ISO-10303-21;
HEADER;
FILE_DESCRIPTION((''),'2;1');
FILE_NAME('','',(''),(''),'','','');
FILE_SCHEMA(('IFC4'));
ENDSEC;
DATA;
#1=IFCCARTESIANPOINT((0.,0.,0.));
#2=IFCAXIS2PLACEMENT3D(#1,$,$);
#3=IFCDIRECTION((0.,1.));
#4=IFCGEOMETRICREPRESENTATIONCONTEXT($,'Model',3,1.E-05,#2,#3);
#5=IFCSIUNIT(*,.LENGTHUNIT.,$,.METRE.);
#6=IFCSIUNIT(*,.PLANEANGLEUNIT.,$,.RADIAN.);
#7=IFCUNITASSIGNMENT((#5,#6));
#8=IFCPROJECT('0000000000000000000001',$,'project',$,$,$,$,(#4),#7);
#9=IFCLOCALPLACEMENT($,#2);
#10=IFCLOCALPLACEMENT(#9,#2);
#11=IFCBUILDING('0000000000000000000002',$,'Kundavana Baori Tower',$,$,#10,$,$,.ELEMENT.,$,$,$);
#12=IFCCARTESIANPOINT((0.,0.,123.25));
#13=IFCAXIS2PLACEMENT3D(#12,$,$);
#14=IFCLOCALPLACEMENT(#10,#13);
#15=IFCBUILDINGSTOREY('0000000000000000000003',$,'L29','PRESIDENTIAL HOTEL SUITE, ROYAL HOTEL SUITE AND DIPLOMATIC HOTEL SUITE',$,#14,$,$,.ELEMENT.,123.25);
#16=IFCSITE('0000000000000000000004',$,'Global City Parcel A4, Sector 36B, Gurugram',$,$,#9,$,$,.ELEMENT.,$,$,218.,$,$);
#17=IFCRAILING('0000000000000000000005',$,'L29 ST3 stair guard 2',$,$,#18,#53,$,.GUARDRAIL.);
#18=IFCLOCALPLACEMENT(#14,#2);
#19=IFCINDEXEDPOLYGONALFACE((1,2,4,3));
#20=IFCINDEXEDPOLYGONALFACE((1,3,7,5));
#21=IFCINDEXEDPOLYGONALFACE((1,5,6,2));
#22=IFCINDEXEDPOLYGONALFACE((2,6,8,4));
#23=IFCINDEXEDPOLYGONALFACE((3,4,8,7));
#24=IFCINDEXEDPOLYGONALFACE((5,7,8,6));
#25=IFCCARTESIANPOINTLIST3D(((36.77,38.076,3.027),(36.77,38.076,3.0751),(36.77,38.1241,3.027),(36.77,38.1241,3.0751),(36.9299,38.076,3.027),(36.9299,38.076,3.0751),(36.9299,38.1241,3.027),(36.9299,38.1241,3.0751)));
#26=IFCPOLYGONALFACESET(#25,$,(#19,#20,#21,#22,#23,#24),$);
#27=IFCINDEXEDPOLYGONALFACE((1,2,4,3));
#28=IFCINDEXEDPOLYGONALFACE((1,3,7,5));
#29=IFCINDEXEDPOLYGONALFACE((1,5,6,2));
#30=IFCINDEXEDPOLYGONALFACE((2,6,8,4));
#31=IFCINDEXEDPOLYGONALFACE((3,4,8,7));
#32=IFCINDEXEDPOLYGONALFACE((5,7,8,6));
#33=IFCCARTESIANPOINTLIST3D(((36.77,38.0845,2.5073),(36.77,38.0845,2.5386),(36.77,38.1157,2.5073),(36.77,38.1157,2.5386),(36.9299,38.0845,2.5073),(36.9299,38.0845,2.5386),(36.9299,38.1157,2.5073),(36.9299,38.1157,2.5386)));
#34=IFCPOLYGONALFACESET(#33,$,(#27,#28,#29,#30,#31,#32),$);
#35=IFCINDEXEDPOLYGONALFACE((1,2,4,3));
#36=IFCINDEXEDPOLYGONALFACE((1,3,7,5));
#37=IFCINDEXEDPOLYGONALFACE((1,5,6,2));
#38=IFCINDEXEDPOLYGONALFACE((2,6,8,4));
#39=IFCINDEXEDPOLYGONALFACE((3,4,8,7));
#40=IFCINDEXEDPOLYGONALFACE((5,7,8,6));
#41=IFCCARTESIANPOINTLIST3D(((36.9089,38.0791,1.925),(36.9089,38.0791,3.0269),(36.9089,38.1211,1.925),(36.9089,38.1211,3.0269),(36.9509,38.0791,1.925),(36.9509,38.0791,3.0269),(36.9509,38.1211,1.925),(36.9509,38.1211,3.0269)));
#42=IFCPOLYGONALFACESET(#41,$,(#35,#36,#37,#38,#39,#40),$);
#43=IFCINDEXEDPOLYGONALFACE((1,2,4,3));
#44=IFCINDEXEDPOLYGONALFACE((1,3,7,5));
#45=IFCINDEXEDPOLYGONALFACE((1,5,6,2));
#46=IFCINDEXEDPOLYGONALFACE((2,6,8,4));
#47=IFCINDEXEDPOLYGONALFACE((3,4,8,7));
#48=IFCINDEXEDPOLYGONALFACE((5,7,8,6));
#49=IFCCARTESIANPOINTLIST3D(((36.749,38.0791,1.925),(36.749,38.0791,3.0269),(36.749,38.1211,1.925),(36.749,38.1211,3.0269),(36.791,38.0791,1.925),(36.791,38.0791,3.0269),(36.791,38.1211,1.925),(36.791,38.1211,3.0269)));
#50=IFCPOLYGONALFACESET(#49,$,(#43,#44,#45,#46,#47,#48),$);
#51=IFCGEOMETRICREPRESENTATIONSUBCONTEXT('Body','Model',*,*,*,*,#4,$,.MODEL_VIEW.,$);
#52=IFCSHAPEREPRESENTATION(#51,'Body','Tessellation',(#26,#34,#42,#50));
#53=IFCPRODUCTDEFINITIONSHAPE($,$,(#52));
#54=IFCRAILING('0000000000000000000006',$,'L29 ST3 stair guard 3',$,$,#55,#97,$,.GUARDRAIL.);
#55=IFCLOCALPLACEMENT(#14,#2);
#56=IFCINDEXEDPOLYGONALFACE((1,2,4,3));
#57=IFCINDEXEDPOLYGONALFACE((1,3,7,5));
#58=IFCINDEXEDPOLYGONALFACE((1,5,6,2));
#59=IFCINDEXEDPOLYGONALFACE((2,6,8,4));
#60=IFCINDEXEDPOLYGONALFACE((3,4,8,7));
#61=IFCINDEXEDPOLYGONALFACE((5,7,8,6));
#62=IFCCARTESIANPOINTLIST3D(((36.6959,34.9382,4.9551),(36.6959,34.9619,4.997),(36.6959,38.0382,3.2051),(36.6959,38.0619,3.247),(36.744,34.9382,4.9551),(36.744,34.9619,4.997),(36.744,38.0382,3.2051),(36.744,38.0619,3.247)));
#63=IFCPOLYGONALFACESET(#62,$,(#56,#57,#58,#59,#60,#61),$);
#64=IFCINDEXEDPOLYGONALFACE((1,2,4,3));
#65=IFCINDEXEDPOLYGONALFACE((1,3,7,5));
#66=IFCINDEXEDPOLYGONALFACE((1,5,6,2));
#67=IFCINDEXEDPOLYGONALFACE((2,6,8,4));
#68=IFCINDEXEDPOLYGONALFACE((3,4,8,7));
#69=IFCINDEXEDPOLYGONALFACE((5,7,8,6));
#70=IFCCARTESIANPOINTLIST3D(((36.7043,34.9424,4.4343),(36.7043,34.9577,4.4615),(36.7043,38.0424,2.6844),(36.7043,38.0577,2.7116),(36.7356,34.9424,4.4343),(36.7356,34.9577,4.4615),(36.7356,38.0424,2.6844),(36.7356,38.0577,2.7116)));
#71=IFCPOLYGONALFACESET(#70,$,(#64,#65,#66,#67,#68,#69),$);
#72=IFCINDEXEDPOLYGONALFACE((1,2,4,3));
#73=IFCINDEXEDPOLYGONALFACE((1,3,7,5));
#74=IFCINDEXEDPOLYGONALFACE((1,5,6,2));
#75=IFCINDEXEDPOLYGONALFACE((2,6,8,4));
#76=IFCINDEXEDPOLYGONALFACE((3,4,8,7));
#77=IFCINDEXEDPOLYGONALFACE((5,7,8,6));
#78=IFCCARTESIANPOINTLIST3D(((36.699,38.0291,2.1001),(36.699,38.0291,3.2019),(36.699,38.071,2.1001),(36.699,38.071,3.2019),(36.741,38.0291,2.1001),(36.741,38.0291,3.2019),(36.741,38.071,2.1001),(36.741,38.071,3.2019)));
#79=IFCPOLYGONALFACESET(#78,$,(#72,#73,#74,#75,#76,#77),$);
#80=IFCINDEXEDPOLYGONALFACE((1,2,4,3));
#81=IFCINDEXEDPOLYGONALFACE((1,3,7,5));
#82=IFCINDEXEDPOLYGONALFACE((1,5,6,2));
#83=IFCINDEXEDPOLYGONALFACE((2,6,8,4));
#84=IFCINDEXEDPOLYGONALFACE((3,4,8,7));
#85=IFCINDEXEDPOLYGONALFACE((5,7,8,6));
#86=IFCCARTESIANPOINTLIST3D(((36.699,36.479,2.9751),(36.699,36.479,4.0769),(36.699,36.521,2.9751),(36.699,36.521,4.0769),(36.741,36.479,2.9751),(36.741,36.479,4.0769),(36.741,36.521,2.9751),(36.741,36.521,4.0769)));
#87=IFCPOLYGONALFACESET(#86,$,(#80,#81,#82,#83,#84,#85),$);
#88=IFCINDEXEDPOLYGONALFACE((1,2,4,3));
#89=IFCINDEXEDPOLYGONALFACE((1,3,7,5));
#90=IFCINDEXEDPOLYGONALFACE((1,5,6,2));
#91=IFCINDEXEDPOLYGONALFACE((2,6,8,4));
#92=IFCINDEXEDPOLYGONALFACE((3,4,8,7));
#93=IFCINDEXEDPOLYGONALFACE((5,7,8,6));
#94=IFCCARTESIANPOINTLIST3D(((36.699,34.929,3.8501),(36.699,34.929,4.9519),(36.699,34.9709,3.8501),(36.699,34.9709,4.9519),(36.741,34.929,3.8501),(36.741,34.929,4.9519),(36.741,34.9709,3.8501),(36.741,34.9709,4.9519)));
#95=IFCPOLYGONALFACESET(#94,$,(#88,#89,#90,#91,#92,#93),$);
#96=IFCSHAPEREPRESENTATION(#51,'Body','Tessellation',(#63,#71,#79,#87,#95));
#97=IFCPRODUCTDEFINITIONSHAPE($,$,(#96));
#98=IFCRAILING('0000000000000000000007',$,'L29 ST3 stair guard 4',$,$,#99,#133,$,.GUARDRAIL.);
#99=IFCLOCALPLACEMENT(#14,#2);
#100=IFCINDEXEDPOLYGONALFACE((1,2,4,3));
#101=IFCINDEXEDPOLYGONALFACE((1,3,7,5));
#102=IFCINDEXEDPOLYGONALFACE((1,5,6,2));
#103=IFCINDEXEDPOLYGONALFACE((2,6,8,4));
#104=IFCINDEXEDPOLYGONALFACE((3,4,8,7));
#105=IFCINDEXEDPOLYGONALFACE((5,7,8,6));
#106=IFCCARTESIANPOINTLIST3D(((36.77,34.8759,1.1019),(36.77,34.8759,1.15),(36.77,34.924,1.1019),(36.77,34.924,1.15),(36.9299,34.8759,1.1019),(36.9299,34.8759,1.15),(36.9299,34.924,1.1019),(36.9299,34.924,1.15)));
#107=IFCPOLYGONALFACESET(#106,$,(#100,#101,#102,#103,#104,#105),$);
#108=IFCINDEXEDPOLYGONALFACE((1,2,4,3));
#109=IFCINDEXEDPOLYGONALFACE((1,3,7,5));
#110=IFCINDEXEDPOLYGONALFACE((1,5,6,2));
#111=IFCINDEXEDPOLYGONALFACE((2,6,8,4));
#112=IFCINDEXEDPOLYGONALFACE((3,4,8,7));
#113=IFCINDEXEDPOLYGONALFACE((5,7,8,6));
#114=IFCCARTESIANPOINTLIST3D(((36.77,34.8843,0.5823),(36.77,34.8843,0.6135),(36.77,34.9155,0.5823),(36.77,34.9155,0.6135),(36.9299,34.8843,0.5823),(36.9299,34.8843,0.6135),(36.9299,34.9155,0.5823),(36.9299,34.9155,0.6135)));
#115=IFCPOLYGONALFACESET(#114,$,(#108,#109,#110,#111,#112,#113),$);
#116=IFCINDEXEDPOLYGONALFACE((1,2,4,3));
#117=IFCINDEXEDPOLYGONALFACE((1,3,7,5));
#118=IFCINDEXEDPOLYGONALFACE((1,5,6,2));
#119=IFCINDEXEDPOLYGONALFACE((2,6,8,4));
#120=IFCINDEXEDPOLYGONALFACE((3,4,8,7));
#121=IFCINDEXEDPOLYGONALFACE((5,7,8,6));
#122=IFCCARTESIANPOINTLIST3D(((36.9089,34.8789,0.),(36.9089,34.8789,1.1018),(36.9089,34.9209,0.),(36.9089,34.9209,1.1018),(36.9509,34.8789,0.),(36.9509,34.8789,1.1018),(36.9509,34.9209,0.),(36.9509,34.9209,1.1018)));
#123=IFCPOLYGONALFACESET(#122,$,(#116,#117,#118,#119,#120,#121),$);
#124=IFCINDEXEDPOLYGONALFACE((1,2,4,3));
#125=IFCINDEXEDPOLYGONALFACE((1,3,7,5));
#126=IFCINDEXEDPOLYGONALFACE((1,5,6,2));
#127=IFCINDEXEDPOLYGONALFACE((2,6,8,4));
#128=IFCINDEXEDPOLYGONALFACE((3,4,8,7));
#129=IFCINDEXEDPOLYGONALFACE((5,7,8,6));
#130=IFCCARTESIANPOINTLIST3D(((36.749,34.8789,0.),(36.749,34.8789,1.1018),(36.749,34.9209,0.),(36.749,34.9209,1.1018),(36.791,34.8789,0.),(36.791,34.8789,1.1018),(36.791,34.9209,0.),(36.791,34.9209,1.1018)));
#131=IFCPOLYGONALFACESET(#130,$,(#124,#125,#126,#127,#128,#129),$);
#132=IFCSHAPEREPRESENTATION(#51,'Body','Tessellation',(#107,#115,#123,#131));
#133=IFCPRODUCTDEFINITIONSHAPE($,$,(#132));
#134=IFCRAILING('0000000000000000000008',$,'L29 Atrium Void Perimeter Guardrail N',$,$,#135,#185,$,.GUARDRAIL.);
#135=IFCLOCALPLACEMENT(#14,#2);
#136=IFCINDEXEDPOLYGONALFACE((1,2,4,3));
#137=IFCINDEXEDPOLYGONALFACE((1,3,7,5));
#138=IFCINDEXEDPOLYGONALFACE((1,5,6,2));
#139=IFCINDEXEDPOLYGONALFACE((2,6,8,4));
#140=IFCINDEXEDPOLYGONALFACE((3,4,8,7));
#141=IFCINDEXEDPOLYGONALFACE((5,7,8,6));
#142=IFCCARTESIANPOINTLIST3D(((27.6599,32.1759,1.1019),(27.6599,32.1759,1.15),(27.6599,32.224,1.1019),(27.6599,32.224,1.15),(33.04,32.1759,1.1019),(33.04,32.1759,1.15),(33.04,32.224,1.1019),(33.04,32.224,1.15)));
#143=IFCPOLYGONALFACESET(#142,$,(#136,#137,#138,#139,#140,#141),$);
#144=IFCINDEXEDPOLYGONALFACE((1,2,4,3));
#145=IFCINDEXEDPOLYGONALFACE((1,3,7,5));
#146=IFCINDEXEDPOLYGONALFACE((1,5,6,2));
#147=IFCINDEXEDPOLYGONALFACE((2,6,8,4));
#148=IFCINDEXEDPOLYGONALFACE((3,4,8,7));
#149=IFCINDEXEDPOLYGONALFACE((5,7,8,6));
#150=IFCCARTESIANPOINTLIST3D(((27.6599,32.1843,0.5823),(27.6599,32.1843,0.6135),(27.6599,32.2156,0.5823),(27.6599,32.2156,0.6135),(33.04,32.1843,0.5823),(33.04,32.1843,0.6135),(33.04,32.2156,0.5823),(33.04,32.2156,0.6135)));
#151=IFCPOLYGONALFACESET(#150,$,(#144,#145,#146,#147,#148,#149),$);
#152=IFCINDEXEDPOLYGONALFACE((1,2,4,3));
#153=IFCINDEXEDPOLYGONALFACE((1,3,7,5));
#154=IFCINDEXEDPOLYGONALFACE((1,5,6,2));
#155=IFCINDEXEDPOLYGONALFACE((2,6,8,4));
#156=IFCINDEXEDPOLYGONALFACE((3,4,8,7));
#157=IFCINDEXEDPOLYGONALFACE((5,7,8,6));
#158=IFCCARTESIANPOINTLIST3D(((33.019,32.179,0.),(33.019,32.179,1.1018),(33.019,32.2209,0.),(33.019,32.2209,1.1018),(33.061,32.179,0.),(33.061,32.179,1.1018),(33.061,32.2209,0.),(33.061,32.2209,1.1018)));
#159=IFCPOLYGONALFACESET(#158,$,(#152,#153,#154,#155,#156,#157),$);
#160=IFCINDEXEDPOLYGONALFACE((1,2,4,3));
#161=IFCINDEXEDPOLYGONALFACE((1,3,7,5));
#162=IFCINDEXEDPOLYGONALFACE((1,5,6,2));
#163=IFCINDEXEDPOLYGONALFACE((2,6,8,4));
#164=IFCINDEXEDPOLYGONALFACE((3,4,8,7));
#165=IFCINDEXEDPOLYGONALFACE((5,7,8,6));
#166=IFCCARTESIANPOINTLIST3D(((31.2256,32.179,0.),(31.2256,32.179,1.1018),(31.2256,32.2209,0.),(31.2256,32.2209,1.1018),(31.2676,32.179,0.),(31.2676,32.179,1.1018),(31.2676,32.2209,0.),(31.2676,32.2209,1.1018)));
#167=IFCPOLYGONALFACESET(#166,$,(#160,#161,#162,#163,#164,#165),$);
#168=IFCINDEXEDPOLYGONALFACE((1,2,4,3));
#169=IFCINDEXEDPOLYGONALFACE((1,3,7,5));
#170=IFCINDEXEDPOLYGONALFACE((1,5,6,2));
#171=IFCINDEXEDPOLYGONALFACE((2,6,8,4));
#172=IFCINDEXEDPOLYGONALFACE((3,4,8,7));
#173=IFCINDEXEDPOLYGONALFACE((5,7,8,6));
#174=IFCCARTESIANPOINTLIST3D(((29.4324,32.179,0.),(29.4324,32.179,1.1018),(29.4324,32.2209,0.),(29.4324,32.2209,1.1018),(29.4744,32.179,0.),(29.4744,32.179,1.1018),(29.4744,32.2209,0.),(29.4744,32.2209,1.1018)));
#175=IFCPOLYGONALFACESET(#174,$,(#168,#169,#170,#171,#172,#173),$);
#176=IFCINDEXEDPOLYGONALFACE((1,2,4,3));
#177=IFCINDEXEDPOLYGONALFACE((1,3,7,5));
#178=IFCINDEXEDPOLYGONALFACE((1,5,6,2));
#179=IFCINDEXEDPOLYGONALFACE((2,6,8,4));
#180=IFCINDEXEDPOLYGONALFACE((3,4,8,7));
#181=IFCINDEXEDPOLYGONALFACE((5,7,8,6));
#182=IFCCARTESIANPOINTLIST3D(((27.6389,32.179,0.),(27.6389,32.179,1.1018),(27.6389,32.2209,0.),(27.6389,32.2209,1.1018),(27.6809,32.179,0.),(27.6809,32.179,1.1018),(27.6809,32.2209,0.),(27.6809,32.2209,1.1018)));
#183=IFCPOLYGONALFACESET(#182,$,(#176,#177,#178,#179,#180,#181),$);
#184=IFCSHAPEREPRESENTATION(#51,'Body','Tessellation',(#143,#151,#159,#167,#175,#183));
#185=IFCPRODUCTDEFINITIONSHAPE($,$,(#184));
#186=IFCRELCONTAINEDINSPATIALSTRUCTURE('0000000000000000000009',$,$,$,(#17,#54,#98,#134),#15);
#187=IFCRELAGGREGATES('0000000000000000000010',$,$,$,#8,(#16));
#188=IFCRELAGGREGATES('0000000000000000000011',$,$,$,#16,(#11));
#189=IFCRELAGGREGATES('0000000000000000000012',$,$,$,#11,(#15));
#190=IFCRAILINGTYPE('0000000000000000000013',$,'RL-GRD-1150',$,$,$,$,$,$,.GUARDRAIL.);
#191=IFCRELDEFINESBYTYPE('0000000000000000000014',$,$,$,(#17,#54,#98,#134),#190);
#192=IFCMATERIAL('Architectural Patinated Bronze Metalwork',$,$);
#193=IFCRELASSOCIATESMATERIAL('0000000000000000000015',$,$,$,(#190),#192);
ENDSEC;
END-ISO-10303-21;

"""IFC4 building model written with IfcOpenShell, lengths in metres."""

from ifc_helpers import new_model, si_unit, direction, frame, origin, origin_2d, place, context, subcontext, project, spatial, rectangle, extrude, material, type_object, element, save


model = new_model("IFC4")

# Units and contexts
model_context = context("Model", 3, precision=1e-05, world=origin(), true_north=direction((0.0, 1.0)))
body_context = subcontext(model_context, "Body", "Model", "MODEL_VIEW")
ifc_project = project(units=[si_unit("LENGTHUNIT", "METRE"), si_unit("PLANEANGLEUNIT", "RADIAN")], contexts=[model_context])

# Site, building, storey
site_placement = place(None, origin())
site = spatial("IfcSite", under=ifc_project, at=site_placement, Name="Global City Parcel A4, Sector 36B, Gurugram", CompositionType="ELEMENT", RefElevation=218.0)
building_placement = place(site_placement, origin())
building = spatial("IfcBuilding", under=site, at=building_placement, Name="Kundavana Baori Tower", CompositionType="ELEMENT")
storey_placement = place(building_placement, frame((0.0, 0.0, 123.25)))
storey = spatial("IfcBuildingStorey", under=building, at=storey_placement, Name="L29", Description="PRESIDENTIAL HOTEL SUITE, ROYAL HOTEL SUITE AND DIPLOMATIC HOTEL SUITE", CompositionType="ELEMENT", Elevation=123.25)

# Railings
ifc_material_1 = material(Name="Architectural Patinated Bronze Metalwork")
railing_type_1 = type_object("IfcRailingType", Name="RL-GRD-1150", PredefinedType="GUARDRAIL", material=ifc_material_1)
railing_1_placement = place(storey_placement, frame((36.9299, 38.1001, 1.925)))
element("IfcRailing", 1, at=railing_1_placement, inside=storey, type_object=railing_type_1, Name="L29 ST3 stair guard 2", PredefinedType="GUARDRAIL", context=body_context, shape_type="SweptSolid", body=[
    extrude(rectangle(XDim=0.0481, YDim=0.0481, at=origin_2d()), frame((0.0, 0.0, 1.126), z_axis=(-1.0, 0.0, 0.0), x_axis=(0.0, -1.0, 0.0)), (0.0, 0.0, 1.0), 0.1599),
    extrude(rectangle(XDim=0.0312, YDim=0.0312, at=origin_2d()), frame((0.0, 0.0, 0.5979), z_axis=(-1.0, 0.0, 0.0), x_axis=(0.0, -1.0, 0.0)), (0.0, 0.0, 1.0), 0.1599),
    extrude(rectangle(XDim=0.042, YDim=0.042, at=origin_2d()), origin(), (0.0, 0.0, 1.0), 1.1018),
    extrude(rectangle(XDim=0.042, YDim=0.042, at=origin_2d()), frame((-0.1599, 0.0, 0.0)), (0.0, 0.0, 1.0), 1.1018),
])
railing_2_placement = place(storey_placement, frame((36.72, 38.05, 2.1001)))
element("IfcRailing", 2, at=railing_2_placement, inside=storey, type_object=railing_type_1, Name="L29 ST3 stair guard 3", PredefinedType="GUARDRAIL", context=body_context, shape_type="SweptSolid", body=[
    extrude(rectangle(XDim=0.0481, YDim=0.0481, at=origin_2d()), frame((0.0, 0.0, 1.126), z_axis=(0.0, -0.870831, 0.491583), x_axis=(1.0, 0.0, 0.0)), (0.0, 0.0, 1.0), 3.5598),
    extrude(rectangle(XDim=0.0312, YDim=0.0312, at=origin_2d()), frame((0.0, 0.0, 0.5979), z_axis=(0.0, -0.870831, 0.491583), x_axis=(1.0, 0.0, 0.0)), (0.0, 0.0, 1.0), 3.5598),
    extrude(rectangle(XDim=0.042, YDim=0.042, at=origin_2d()), origin(), (0.0, 0.0, 1.0), 1.1018),
    extrude(rectangle(XDim=0.042, YDim=0.042, at=origin_2d()), frame((0.0, -1.55, 0.875)), (0.0, 0.0, 1.0), 1.1018),
    extrude(rectangle(XDim=0.042, YDim=0.042, at=origin_2d()), frame((0.0, -3.1001, 1.75)), (0.0, 0.0, 1.0), 1.1018),
])
railing_3_placement = place(storey_placement, frame((36.9299, 34.8999, 0.0)))
element("IfcRailing", 3, at=railing_3_placement, inside=storey, type_object=railing_type_1, Name="L29 ST3 stair guard 4", PredefinedType="GUARDRAIL", context=body_context, shape_type="SweptSolid", body=[
    extrude(rectangle(XDim=0.0481, YDim=0.0481, at=origin_2d()), frame((0.0, 0.0, 1.126), z_axis=(-1.0, 0.0, 0.0), x_axis=(0.0, -1.0, 0.0)), (0.0, 0.0, 1.0), 0.1599),
    extrude(rectangle(XDim=0.0312, YDim=0.0312, at=origin_2d()), frame((0.0, 0.0, 0.5979), z_axis=(-1.0, 0.0, 0.0), x_axis=(0.0, -1.0, 0.0)), (0.0, 0.0, 1.0), 0.1599),
    extrude(rectangle(XDim=0.042, YDim=0.042, at=origin_2d()), origin(), (0.0, 0.0, 1.0), 1.1018),
    extrude(rectangle(XDim=0.042, YDim=0.042, at=origin_2d()), frame((-0.1599, 0.0, 0.0)), (0.0, 0.0, 1.0), 1.1018),
])
railing_4_placement = place(storey_placement, frame((33.04, 32.2, 0.0)))
element("IfcRailing", 4, at=railing_4_placement, inside=storey, type_object=railing_type_1, Name="L29 Atrium Void Perimeter Guardrail N", PredefinedType="GUARDRAIL", context=body_context, shape_type="SweptSolid", body=[
    extrude(rectangle(XDim=0.0481, YDim=0.0481, at=origin_2d()), frame((0.0, 0.0, 1.126), z_axis=(-1.0, 0.0, 0.0), x_axis=(0.0, -1.0, 0.0)), (0.0, 0.0, 1.0), 5.3801),
    extrude(rectangle(XDim=0.0312, YDim=0.0312, at=origin_2d()), frame((0.0, 0.0, 0.5979), z_axis=(-1.0, 0.0, 0.0), x_axis=(0.0, -1.0, 0.0)), (0.0, 0.0, 1.0), 5.3801),
    extrude(rectangle(XDim=0.042, YDim=0.042, at=origin_2d()), origin(), (0.0, 0.0, 1.0), 1.1018),
    extrude(rectangle(XDim=0.042, YDim=0.042, at=origin_2d()), frame((-1.7935, 0.0, 0.0)), (0.0, 0.0, 1.0), 1.1018),
    extrude(rectangle(XDim=0.042, YDim=0.042, at=origin_2d()), frame((-3.5867, 0.0, 0.0)), (0.0, 0.0, 1.0), 1.1018),
    extrude(rectangle(XDim=0.042, YDim=0.042, at=origin_2d()), frame((-5.3801, 0.0, 0.0)), (0.0, 0.0, 1.0), 1.1018),
])

save(model, "model.ifc")
